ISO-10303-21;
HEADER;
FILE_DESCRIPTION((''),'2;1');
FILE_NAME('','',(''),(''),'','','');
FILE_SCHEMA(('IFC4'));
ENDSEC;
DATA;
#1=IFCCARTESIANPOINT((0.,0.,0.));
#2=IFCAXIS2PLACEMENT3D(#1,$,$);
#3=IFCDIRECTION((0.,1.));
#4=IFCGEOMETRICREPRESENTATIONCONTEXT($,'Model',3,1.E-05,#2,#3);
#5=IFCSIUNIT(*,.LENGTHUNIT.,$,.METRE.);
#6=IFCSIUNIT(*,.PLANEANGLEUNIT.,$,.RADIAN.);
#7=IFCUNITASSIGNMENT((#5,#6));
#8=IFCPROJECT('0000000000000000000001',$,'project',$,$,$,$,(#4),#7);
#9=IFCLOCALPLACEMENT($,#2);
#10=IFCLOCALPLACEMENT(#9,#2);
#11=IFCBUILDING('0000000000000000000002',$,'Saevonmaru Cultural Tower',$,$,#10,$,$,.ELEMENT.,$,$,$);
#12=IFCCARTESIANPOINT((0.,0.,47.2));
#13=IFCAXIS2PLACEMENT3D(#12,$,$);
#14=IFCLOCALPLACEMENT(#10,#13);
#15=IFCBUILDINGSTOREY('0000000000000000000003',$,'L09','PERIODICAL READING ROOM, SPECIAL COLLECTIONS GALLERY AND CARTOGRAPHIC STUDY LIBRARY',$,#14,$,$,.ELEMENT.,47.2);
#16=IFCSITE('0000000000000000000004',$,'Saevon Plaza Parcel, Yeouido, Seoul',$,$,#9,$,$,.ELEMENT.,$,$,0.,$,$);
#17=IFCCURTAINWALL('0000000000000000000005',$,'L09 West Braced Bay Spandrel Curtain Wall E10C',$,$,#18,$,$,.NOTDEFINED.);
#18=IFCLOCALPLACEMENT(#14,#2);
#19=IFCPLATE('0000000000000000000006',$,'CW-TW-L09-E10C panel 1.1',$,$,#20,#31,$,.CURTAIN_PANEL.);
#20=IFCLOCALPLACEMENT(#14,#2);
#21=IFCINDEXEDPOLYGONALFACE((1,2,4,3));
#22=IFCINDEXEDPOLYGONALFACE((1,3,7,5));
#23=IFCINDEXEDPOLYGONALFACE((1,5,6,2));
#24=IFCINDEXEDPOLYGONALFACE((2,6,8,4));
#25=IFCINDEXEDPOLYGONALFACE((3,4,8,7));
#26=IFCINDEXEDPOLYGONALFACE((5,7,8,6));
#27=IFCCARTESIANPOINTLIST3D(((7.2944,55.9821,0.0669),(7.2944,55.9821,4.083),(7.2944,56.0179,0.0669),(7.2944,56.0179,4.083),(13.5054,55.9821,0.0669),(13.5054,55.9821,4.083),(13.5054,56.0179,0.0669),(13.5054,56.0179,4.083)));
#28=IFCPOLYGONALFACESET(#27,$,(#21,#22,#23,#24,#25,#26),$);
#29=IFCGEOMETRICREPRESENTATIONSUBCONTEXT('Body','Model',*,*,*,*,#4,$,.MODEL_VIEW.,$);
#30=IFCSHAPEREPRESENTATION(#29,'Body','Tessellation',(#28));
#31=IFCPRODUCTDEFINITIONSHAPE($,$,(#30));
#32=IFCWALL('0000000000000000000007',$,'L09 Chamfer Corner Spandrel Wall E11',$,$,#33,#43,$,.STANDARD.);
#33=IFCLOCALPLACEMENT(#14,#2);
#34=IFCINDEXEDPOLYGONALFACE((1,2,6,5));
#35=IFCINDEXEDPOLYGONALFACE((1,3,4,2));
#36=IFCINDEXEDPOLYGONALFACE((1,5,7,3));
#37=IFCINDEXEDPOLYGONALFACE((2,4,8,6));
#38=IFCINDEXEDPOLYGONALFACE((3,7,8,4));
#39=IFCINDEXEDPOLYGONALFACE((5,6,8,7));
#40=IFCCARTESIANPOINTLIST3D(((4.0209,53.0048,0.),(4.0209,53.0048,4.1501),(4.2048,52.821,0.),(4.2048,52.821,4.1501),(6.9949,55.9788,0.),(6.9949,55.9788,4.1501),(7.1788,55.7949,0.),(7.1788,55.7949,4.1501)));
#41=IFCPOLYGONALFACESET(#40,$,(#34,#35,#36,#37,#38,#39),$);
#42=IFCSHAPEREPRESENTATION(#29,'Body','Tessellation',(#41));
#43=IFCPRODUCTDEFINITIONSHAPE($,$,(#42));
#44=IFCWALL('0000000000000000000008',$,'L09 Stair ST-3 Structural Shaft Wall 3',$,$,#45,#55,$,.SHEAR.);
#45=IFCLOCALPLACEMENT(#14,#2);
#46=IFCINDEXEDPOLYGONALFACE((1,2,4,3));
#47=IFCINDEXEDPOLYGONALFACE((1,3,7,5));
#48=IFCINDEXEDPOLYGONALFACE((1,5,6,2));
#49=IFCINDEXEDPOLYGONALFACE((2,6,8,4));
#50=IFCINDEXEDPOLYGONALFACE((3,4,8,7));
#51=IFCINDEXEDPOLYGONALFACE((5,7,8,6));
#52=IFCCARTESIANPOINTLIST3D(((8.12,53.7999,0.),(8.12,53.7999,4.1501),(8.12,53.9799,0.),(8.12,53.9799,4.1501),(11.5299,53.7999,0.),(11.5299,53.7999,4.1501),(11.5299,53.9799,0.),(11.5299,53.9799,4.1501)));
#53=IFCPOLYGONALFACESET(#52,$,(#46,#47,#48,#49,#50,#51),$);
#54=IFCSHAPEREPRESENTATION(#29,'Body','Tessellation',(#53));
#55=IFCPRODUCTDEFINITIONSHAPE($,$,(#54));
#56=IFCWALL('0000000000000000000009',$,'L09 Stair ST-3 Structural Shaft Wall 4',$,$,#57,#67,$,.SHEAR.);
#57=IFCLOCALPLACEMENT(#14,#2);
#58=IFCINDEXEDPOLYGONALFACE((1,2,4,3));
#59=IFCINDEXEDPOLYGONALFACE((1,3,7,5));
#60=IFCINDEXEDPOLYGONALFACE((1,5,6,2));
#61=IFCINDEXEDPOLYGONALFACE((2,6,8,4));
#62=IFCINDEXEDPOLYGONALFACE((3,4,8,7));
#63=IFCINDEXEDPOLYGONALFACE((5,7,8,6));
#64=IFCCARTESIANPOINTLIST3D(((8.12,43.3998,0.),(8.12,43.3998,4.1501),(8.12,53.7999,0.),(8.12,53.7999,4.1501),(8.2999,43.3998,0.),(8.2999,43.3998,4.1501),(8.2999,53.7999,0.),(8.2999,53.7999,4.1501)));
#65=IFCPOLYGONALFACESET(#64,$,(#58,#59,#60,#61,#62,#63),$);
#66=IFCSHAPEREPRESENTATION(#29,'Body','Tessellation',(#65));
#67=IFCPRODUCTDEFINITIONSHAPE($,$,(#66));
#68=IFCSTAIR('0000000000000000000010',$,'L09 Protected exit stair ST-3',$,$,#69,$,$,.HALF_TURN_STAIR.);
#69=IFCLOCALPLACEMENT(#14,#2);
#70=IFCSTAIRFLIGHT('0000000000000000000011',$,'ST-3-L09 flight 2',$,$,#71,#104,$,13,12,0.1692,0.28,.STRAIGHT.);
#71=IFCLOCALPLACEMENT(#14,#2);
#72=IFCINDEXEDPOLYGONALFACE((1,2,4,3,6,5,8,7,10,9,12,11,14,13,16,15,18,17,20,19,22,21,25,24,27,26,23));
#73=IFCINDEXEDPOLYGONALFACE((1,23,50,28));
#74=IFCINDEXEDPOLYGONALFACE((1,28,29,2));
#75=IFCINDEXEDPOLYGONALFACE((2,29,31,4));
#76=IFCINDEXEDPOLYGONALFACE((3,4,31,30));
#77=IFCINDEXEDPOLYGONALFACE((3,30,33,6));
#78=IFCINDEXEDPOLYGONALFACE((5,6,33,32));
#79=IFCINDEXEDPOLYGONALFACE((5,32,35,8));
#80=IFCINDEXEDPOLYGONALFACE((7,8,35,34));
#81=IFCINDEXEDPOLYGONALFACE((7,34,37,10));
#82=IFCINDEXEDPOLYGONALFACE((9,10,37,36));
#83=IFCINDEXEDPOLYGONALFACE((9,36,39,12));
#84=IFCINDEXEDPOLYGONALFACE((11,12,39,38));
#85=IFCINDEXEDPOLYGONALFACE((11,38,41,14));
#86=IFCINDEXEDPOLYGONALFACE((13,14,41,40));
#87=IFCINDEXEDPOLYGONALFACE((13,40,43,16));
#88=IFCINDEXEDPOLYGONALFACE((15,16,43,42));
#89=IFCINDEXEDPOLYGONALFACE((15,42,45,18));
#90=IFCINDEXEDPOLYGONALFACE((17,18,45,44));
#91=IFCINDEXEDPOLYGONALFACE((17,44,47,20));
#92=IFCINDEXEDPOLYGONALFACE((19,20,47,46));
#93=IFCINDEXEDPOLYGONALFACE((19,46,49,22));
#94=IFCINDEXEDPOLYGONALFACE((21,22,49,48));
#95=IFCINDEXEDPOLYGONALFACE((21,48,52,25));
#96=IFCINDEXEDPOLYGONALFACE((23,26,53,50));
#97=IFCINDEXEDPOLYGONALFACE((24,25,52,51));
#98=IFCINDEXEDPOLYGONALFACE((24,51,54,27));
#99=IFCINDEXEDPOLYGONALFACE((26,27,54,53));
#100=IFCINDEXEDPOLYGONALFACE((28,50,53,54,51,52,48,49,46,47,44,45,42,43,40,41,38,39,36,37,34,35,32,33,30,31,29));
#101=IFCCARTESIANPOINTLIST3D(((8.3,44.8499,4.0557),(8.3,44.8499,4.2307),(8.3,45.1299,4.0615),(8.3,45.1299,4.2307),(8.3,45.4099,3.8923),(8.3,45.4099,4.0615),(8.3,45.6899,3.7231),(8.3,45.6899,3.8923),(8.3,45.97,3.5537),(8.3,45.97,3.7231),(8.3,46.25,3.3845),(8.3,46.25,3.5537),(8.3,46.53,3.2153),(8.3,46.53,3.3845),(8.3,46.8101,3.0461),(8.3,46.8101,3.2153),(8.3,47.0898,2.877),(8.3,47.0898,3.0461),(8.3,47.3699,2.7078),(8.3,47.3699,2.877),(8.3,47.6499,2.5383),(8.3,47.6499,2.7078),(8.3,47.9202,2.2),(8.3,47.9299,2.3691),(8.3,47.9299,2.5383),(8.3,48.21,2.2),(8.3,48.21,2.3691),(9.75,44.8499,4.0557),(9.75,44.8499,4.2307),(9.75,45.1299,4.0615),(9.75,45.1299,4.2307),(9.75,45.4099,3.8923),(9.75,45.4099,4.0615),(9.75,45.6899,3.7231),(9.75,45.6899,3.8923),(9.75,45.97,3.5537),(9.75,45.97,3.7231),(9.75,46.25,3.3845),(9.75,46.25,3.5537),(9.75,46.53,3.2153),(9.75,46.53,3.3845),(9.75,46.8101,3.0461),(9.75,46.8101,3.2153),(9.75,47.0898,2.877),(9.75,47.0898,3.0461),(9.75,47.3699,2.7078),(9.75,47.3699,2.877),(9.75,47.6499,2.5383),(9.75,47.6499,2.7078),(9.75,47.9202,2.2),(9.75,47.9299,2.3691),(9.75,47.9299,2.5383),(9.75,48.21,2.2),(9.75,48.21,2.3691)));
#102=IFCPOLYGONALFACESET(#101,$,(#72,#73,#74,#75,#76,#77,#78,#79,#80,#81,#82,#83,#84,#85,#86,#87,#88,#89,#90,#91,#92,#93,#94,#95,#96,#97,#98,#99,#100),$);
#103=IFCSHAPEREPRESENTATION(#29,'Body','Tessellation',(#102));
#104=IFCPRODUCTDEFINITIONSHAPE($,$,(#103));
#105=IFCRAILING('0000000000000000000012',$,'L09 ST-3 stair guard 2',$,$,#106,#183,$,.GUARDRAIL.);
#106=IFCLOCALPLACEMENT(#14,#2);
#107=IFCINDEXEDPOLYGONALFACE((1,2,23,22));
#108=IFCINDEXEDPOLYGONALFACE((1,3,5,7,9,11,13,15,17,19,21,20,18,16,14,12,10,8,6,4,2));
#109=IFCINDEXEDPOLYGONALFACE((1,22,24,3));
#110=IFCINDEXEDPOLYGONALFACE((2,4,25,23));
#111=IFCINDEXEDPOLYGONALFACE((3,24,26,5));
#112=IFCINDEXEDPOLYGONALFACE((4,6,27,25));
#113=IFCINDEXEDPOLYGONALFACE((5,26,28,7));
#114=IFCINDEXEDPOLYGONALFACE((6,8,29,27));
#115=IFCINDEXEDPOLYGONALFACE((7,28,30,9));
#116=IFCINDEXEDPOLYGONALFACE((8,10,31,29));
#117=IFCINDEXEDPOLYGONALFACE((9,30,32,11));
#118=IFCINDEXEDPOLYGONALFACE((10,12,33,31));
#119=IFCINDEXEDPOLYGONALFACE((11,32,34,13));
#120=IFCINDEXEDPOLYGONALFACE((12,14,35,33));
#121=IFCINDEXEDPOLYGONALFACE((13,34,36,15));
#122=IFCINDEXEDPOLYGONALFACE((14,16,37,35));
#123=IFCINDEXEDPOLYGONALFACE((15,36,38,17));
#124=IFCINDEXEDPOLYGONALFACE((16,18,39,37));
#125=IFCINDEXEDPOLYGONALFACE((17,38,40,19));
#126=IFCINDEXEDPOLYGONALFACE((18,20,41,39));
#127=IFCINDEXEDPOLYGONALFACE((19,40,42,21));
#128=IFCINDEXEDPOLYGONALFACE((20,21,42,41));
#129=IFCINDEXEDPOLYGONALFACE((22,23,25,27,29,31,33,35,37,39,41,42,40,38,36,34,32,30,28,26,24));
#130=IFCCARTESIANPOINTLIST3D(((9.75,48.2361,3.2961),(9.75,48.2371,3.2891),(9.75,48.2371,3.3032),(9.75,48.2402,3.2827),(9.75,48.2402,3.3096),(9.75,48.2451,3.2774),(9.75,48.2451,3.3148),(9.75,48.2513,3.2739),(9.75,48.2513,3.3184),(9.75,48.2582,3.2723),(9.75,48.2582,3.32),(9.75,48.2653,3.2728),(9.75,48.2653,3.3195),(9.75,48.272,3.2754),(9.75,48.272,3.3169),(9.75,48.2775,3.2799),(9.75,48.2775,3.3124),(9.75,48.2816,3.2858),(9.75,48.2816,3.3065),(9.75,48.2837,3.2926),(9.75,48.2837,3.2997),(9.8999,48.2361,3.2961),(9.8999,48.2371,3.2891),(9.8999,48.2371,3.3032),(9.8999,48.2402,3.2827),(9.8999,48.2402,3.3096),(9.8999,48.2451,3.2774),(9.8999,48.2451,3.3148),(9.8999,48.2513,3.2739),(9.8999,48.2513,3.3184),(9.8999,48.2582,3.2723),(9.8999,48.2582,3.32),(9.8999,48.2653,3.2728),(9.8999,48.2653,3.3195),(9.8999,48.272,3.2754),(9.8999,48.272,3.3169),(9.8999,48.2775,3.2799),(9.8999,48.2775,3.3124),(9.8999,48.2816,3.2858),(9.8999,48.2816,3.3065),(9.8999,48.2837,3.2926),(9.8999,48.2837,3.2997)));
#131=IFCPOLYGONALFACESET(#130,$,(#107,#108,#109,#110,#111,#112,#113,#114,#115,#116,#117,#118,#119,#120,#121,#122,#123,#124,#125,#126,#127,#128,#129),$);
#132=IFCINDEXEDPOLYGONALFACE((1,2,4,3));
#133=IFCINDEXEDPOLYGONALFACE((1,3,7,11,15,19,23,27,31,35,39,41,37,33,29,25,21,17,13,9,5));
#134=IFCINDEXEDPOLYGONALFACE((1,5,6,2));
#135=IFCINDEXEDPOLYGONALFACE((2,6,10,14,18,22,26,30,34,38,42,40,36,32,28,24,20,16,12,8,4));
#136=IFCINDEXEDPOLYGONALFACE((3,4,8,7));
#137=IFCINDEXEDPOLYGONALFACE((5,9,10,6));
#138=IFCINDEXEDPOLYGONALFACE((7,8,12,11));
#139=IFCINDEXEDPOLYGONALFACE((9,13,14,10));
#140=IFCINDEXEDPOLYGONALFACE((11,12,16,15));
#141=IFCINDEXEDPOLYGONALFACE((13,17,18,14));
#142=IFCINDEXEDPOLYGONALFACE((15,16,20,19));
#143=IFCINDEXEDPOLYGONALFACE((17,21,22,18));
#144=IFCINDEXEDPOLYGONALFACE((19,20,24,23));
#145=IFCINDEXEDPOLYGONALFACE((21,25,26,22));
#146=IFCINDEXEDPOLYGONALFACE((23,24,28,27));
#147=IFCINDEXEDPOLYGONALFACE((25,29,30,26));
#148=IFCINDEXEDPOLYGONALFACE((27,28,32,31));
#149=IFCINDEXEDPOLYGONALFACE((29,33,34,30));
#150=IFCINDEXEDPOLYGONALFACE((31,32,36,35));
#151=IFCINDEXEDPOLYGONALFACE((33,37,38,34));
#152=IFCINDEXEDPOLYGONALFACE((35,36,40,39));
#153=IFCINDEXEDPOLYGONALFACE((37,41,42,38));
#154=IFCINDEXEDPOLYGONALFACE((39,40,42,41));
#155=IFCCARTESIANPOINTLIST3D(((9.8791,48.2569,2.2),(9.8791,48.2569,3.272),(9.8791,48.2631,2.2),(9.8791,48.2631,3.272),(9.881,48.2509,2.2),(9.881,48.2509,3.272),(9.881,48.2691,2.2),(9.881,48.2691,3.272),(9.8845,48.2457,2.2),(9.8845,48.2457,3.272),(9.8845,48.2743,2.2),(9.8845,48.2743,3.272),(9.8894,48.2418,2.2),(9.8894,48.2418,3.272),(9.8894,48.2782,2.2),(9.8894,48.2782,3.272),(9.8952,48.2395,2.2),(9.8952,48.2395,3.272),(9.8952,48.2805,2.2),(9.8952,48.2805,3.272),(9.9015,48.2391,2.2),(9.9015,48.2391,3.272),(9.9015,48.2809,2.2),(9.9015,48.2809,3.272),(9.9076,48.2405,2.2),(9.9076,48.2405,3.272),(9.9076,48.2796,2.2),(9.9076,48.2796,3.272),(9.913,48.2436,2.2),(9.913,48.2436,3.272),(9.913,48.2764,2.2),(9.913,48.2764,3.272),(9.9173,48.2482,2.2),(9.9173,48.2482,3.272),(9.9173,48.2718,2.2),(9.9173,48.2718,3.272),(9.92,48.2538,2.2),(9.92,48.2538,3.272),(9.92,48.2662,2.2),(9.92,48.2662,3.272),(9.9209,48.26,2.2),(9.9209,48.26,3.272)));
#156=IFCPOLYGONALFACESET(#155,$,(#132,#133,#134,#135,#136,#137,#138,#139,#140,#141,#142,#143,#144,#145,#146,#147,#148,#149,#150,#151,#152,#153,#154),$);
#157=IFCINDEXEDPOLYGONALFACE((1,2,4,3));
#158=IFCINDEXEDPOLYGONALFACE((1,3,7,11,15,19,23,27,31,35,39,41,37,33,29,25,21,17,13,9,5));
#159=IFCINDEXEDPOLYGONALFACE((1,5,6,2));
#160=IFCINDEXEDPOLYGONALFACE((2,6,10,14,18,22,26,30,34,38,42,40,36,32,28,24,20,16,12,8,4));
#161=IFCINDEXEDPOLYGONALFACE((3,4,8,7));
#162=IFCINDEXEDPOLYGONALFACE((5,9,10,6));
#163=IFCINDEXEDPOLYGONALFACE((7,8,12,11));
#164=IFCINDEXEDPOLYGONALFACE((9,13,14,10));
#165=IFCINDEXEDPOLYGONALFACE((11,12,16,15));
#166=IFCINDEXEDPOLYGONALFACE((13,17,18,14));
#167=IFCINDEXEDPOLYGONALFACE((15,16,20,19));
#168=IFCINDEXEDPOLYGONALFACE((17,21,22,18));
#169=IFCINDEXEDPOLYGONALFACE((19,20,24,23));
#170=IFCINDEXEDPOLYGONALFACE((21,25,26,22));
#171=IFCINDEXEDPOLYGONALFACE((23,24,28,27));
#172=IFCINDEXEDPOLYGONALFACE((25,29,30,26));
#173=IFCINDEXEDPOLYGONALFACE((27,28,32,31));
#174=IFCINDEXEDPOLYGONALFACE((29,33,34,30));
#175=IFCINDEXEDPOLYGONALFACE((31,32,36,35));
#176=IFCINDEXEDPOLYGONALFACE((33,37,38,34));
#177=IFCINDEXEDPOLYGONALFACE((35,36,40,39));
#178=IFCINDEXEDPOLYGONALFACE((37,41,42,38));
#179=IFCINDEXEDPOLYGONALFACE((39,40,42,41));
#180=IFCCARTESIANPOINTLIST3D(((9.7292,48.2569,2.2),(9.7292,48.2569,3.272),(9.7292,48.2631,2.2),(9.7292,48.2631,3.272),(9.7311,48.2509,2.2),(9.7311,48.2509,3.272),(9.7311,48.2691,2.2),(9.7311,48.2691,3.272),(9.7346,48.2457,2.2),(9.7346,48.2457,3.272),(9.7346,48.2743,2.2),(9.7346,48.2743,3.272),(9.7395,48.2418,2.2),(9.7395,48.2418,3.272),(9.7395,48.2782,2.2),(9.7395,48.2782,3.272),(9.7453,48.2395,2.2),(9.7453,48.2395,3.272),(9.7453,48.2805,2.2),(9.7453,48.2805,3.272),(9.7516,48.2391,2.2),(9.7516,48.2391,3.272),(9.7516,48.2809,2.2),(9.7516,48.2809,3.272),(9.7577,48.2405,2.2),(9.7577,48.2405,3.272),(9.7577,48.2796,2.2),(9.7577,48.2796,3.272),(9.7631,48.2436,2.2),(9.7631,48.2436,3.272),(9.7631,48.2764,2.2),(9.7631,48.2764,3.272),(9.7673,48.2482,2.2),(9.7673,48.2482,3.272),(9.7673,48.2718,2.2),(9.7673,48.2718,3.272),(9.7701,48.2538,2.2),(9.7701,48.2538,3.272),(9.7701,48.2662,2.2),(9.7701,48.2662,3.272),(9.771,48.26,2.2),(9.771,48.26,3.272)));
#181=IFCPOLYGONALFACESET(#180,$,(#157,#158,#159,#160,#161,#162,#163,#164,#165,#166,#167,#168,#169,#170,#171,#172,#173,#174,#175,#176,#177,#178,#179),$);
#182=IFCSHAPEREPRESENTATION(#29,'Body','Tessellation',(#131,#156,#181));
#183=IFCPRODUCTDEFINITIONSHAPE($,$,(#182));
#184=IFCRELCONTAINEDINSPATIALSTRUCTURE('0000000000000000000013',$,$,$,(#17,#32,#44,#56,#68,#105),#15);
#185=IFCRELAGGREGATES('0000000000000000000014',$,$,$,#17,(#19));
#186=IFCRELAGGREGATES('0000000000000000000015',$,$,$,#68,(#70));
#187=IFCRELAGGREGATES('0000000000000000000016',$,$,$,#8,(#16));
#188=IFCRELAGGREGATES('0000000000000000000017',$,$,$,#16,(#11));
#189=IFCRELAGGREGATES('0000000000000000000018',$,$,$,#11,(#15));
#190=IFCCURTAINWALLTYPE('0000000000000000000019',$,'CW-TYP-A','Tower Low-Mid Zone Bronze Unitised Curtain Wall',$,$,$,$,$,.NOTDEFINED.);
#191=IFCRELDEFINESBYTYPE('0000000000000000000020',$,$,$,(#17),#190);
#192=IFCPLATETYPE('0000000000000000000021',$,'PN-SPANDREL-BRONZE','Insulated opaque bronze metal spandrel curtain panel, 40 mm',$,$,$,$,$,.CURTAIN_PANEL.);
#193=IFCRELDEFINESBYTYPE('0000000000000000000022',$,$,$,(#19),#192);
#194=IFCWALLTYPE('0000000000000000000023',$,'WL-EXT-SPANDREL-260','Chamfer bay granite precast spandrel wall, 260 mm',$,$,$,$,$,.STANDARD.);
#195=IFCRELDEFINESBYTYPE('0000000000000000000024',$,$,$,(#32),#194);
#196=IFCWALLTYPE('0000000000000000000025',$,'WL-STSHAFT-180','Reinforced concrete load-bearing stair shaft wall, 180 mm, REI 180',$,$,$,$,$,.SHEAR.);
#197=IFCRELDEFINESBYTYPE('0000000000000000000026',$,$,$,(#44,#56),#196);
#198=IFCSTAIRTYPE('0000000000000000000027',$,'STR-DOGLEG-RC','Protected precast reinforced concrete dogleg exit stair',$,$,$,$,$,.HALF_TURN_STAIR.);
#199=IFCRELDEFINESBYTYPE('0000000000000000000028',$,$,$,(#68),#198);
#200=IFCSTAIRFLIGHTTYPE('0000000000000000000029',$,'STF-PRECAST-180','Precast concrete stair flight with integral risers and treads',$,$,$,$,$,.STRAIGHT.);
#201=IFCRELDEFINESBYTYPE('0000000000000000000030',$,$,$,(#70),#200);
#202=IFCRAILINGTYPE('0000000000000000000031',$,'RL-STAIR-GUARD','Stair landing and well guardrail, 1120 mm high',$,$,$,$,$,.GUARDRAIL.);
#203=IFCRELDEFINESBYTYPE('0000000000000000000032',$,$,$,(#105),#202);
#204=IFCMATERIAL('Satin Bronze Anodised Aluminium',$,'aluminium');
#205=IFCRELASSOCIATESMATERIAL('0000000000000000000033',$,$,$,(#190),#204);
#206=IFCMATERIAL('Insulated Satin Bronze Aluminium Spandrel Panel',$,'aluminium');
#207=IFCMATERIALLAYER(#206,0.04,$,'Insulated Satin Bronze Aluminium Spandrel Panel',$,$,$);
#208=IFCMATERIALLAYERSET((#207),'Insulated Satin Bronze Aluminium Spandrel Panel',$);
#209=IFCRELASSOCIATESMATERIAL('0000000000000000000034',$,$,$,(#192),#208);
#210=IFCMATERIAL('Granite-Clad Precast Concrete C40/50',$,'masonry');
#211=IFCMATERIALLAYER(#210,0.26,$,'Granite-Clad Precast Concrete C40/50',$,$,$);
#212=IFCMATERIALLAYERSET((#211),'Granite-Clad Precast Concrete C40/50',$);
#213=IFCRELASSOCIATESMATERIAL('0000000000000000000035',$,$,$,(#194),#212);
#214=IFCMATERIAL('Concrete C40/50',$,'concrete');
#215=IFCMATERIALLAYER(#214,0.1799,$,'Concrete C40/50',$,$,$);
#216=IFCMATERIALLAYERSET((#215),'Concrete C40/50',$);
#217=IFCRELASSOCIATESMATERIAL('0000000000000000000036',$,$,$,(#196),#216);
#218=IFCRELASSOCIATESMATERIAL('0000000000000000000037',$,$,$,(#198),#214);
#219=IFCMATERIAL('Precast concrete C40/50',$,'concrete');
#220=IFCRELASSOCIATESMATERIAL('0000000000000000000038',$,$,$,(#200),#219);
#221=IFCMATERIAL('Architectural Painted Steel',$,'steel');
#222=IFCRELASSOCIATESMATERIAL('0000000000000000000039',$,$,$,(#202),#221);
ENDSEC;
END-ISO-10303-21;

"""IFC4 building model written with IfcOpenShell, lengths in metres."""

from ifc_helpers import new_model, si_unit, direction, frame, frame_2d, origin, origin_2d, place, context, subcontext, project, spatial, polyline, rectangle, circle, outline, extrude, material, layer, layer_set, type_object, element, aggregate, save


model = new_model("IFC4")

# Units and contexts
model_context = context("Model", 3, precision=1e-05, world=origin(), true_north=direction((0.0, 1.0)))
body_context = subcontext(model_context, "Body", "Model", "MODEL_VIEW")
ifc_project = project(units=[si_unit("LENGTHUNIT", "METRE"), si_unit("PLANEANGLEUNIT", "RADIAN")], contexts=[model_context])

# Site, building, storey
site_placement = place(None, origin())
site = spatial("IfcSite", under=ifc_project, at=site_placement, Name="Saevon Plaza Parcel, Yeouido, Seoul", CompositionType="ELEMENT", RefElevation=0.0)
building_placement = place(site_placement, origin())
building = spatial("IfcBuilding", under=site, at=building_placement, Name="Saevonmaru Cultural Tower", CompositionType="ELEMENT")
storey_placement = place(building_placement, frame((0.0, 0.0, 47.2)))
storey = spatial("IfcBuildingStorey", under=building, at=storey_placement, Name="L09", Description="PERIODICAL READING ROOM, SPECIAL COLLECTIONS GALLERY AND CARTOGRAPHIC STUDY LIBRARY", CompositionType="ELEMENT", Elevation=47.2)

# Curtain wall
ifc_material_1 = material(Name="Satin Bronze Anodised Aluminium", Category="aluminium")
curtain_wall_type = type_object("IfcCurtainWallType", Name="CW-TYP-A", Description="Tower Low-Mid Zone Bronze Unitised Curtain Wall", PredefinedType="NOTDEFINED", material=ifc_material_1)
curtain_wall_1_placement = place(storey_placement, origin())
curtain_wall_1 = element("IfcCurtainWall", 1, at=curtain_wall_1_placement, inside=storey, type_object=curtain_wall_type, Name="L09 West Braced Bay Spandrel Curtain Wall E10C", PredefinedType="NOTDEFINED")

# Plate
ifc_material_2 = material(Name="Insulated Satin Bronze Aluminium Spandrel Panel", Category="aluminium")
ifc_layer_1 = layer(ifc_material_2, 0.04, Name="Insulated Satin Bronze Aluminium Spandrel Panel")
ifc_layer_set_1 = layer_set([ifc_layer_1], Name="Insulated Satin Bronze Aluminium Spandrel Panel")
plate_type_1 = type_object("IfcPlateType", Name="PN-SPANDREL-BRONZE", Description="Insulated opaque bronze metal spandrel curtain panel, 40 mm", PredefinedType="CURTAIN_PANEL", material=ifc_layer_set_1)
plate_1_placement = place(storey_placement, frame((10.3999, 56.0, 0.0669), z_axis=(0.0, 0.0, 1.0), x_axis=(-1.0, 0.0, 0.0)))
plate_1 = element("IfcPlate", 2, at=plate_1_placement, type_object=plate_type_1, Name="CW-TW-L09-E10C panel 1.1", PredefinedType="CURTAIN_PANEL", context=body_context, shape_type="SweptSolid", body=[
    extrude(rectangle(XDim=6.2109, YDim=0.0359, at=origin_2d()), origin(), (0.0, 0.0, 1.0), 4.0161),
])
aggregate(curtain_wall_1, [plate_1])

# Walls
ifc_material_3 = material(Name="Granite-Clad Precast Concrete C40/50", Category="masonry")
ifc_layer_2 = layer(ifc_material_3, 0.26, Name="Granite-Clad Precast Concrete C40/50")
ifc_layer_set_2 = layer_set([ifc_layer_2], Name="Granite-Clad Precast Concrete C40/50")
wall_type_1 = type_object("IfcWallType", Name="WL-EXT-SPANDREL-260", Description="Chamfer bay granite precast spandrel wall, 260 mm", PredefinedType="STANDARD", material=ifc_layer_set_2)
wall_1_placement = place(storey_placement, frame((7.0869, 55.887, 0.0), z_axis=(0.0, 0.0, 1.0), x_axis=(-0.707107, -0.707107, 0.0)))
element("IfcWall", 3, at=wall_1_placement, inside=storey, type_object=wall_type_1, Name="L09 Chamfer Corner Spandrel Wall E11", PredefinedType="STANDARD", context=body_context, shape_type="SweptSolid", body=[
    extrude(rectangle(XDim=4.2058, YDim=0.26, at=frame_2d((2.103, 0.0))), origin(), (0.0, 0.0, 1.0), 4.1501),
])
ifc_material_4 = material(Name="Concrete C40/50", Category="concrete")
ifc_layer_3 = layer(ifc_material_4, 0.1799, Name="Concrete C40/50")
ifc_layer_set_3 = layer_set([ifc_layer_3], Name="Concrete C40/50")
wall_type_2 = type_object("IfcWallType", Name="WL-STSHAFT-180", Description="Reinforced concrete load-bearing stair shaft wall, 180 mm, REI 180", PredefinedType="SHEAR", material=ifc_layer_set_3)
wall_2_placement = place(storey_placement, frame((11.53, 53.8899, 0.0), z_axis=(0.0, 0.0, 1.0), x_axis=(-1.0, 0.0, 0.0)))
element("IfcWall", 4, at=wall_2_placement, inside=storey, type_object=wall_type_2, Name="L09 Stair ST-3 Structural Shaft Wall 3", PredefinedType="SHEAR", context=body_context, shape_type="SweptSolid", body=[
    extrude(rectangle(XDim=3.4099, YDim=0.1799, at=frame_2d((1.7051, 0.0))), origin(), (0.0, 0.0, 1.0), 4.1501),
])
wall_3_placement = place(storey_placement, frame((8.21, 53.8, 0.0), z_axis=(0.0, 0.0, 1.0), x_axis=(0.0, -1.0, 0.0)))
element("IfcWall", 5, at=wall_3_placement, inside=storey, type_object=wall_type_2, Name="L09 Stair ST-3 Structural Shaft Wall 4", PredefinedType="SHEAR", context=body_context, shape_type="SweptSolid", body=[
    extrude(rectangle(XDim=10.4001, YDim=0.1799, at=frame_2d((5.2002, 0.0))), origin(), (0.0, 0.0, 1.0), 4.1501),
])

# Stair, stair flight
stair_type = type_object("IfcStairType", Name="STR-DOGLEG-RC", Description="Protected precast reinforced concrete dogleg exit stair", PredefinedType="HALF_TURN_STAIR", material=ifc_material_4)
stair_placement = place(storey_placement, origin())
stair = element("IfcStair", 6, at=stair_placement, inside=storey, type_object=stair_type, Name="L09 Protected exit stair ST-3", PredefinedType="HALF_TURN_STAIR")
ifc_material_5 = material(Name="Precast concrete C40/50", Category="concrete")
stair_flight_type = type_object("IfcStairFlightType", Name="STF-PRECAST-180", Description="Precast concrete stair flight with integral risers and treads", PredefinedType="STRAIGHT", material=ifc_material_5)
stair_flight_placement = place(storey_placement, frame((9.0249, 48.21, 2.2), z_axis=(0.0, 0.0, 1.0), x_axis=(0.0, -1.0, 0.0)))
stair_flight = element("IfcStairFlight", 7, at=stair_flight_placement, type_object=stair_flight_type, Name="ST-3-L09 flight 2", NumberOfRisers=13, NumberOfTreads=12, PredefinedType="STRAIGHT", RiserHeight=0.1692, TreadLength=0.28, context=body_context, shape_type="SweptSolid", body=[
    extrude(outline(polyline([(0.0, 0.0), (0.0, 0.1692), (0.28, 0.1692), (0.28, 0.3384), (0.5601, 0.3384), (0.5601, 0.5078), (0.8401, 0.5078), (0.8401, 0.677), (1.1201, 0.677), (1.1201, 0.8462), (1.3999, 0.8462), (1.3999, 1.0154), (1.6799, 1.0154), (1.6799, 1.1846), (1.96, 1.1846), (1.96, 1.3538), (2.24, 1.3538), (2.24, 1.5232), (2.52, 1.5232), (2.52, 1.6924), (2.8, 1.6924), (2.8, 1.8616), (3.0801, 1.8616), (3.0801, 2.0308), (3.3601, 2.0308), (3.3601, 2.2), (3.3601, 1.8557), (0.2898, 0.0), (0.0, 0.0)])), frame((0.0, 0.7251, 0.0), z_axis=(0.0, -1.0, 0.0), x_axis=(1.0, 0.0, 0.0)), (0.0, 0.0, 1.0), 1.45),
])
aggregate(stair, [stair_flight])

# Railing
ifc_material_6 = material(Name="Architectural Painted Steel", Category="steel")
railing_type_1 = type_object("IfcRailingType", Name="RL-STAIR-GUARD", Description="Stair landing and well guardrail, 1120 mm high", PredefinedType="GUARDRAIL", material=ifc_material_6)
railing_1_placement = place(storey_placement, frame((9.8999, 48.26, 2.2)))
element("IfcRailing", 8, at=railing_1_placement, inside=storey, type_object=railing_type_1, Name="L09 ST-3 stair guard 2", PredefinedType="GUARDRAIL", context=body_context, shape_type="SweptSolid", body=[
    extrude(circle(Radius=0.0239, at=origin_2d()), frame((0.0, 0.0, 1.0962), z_axis=(-1.0, 0.0, 0.0), x_axis=(0.0, -1.0, 0.0)), (0.0, 0.0, 1.0), 0.1499),
    extrude(circle(Radius=0.021, at=origin_2d()), origin(), (0.0, 0.0, 1.0), 1.072),
    extrude(circle(Radius=0.021, at=origin_2d()), frame((-0.1499, 0.0, 0.0)), (0.0, 0.0, 1.0), 1.072),
])

save(model, "model.ifc")
